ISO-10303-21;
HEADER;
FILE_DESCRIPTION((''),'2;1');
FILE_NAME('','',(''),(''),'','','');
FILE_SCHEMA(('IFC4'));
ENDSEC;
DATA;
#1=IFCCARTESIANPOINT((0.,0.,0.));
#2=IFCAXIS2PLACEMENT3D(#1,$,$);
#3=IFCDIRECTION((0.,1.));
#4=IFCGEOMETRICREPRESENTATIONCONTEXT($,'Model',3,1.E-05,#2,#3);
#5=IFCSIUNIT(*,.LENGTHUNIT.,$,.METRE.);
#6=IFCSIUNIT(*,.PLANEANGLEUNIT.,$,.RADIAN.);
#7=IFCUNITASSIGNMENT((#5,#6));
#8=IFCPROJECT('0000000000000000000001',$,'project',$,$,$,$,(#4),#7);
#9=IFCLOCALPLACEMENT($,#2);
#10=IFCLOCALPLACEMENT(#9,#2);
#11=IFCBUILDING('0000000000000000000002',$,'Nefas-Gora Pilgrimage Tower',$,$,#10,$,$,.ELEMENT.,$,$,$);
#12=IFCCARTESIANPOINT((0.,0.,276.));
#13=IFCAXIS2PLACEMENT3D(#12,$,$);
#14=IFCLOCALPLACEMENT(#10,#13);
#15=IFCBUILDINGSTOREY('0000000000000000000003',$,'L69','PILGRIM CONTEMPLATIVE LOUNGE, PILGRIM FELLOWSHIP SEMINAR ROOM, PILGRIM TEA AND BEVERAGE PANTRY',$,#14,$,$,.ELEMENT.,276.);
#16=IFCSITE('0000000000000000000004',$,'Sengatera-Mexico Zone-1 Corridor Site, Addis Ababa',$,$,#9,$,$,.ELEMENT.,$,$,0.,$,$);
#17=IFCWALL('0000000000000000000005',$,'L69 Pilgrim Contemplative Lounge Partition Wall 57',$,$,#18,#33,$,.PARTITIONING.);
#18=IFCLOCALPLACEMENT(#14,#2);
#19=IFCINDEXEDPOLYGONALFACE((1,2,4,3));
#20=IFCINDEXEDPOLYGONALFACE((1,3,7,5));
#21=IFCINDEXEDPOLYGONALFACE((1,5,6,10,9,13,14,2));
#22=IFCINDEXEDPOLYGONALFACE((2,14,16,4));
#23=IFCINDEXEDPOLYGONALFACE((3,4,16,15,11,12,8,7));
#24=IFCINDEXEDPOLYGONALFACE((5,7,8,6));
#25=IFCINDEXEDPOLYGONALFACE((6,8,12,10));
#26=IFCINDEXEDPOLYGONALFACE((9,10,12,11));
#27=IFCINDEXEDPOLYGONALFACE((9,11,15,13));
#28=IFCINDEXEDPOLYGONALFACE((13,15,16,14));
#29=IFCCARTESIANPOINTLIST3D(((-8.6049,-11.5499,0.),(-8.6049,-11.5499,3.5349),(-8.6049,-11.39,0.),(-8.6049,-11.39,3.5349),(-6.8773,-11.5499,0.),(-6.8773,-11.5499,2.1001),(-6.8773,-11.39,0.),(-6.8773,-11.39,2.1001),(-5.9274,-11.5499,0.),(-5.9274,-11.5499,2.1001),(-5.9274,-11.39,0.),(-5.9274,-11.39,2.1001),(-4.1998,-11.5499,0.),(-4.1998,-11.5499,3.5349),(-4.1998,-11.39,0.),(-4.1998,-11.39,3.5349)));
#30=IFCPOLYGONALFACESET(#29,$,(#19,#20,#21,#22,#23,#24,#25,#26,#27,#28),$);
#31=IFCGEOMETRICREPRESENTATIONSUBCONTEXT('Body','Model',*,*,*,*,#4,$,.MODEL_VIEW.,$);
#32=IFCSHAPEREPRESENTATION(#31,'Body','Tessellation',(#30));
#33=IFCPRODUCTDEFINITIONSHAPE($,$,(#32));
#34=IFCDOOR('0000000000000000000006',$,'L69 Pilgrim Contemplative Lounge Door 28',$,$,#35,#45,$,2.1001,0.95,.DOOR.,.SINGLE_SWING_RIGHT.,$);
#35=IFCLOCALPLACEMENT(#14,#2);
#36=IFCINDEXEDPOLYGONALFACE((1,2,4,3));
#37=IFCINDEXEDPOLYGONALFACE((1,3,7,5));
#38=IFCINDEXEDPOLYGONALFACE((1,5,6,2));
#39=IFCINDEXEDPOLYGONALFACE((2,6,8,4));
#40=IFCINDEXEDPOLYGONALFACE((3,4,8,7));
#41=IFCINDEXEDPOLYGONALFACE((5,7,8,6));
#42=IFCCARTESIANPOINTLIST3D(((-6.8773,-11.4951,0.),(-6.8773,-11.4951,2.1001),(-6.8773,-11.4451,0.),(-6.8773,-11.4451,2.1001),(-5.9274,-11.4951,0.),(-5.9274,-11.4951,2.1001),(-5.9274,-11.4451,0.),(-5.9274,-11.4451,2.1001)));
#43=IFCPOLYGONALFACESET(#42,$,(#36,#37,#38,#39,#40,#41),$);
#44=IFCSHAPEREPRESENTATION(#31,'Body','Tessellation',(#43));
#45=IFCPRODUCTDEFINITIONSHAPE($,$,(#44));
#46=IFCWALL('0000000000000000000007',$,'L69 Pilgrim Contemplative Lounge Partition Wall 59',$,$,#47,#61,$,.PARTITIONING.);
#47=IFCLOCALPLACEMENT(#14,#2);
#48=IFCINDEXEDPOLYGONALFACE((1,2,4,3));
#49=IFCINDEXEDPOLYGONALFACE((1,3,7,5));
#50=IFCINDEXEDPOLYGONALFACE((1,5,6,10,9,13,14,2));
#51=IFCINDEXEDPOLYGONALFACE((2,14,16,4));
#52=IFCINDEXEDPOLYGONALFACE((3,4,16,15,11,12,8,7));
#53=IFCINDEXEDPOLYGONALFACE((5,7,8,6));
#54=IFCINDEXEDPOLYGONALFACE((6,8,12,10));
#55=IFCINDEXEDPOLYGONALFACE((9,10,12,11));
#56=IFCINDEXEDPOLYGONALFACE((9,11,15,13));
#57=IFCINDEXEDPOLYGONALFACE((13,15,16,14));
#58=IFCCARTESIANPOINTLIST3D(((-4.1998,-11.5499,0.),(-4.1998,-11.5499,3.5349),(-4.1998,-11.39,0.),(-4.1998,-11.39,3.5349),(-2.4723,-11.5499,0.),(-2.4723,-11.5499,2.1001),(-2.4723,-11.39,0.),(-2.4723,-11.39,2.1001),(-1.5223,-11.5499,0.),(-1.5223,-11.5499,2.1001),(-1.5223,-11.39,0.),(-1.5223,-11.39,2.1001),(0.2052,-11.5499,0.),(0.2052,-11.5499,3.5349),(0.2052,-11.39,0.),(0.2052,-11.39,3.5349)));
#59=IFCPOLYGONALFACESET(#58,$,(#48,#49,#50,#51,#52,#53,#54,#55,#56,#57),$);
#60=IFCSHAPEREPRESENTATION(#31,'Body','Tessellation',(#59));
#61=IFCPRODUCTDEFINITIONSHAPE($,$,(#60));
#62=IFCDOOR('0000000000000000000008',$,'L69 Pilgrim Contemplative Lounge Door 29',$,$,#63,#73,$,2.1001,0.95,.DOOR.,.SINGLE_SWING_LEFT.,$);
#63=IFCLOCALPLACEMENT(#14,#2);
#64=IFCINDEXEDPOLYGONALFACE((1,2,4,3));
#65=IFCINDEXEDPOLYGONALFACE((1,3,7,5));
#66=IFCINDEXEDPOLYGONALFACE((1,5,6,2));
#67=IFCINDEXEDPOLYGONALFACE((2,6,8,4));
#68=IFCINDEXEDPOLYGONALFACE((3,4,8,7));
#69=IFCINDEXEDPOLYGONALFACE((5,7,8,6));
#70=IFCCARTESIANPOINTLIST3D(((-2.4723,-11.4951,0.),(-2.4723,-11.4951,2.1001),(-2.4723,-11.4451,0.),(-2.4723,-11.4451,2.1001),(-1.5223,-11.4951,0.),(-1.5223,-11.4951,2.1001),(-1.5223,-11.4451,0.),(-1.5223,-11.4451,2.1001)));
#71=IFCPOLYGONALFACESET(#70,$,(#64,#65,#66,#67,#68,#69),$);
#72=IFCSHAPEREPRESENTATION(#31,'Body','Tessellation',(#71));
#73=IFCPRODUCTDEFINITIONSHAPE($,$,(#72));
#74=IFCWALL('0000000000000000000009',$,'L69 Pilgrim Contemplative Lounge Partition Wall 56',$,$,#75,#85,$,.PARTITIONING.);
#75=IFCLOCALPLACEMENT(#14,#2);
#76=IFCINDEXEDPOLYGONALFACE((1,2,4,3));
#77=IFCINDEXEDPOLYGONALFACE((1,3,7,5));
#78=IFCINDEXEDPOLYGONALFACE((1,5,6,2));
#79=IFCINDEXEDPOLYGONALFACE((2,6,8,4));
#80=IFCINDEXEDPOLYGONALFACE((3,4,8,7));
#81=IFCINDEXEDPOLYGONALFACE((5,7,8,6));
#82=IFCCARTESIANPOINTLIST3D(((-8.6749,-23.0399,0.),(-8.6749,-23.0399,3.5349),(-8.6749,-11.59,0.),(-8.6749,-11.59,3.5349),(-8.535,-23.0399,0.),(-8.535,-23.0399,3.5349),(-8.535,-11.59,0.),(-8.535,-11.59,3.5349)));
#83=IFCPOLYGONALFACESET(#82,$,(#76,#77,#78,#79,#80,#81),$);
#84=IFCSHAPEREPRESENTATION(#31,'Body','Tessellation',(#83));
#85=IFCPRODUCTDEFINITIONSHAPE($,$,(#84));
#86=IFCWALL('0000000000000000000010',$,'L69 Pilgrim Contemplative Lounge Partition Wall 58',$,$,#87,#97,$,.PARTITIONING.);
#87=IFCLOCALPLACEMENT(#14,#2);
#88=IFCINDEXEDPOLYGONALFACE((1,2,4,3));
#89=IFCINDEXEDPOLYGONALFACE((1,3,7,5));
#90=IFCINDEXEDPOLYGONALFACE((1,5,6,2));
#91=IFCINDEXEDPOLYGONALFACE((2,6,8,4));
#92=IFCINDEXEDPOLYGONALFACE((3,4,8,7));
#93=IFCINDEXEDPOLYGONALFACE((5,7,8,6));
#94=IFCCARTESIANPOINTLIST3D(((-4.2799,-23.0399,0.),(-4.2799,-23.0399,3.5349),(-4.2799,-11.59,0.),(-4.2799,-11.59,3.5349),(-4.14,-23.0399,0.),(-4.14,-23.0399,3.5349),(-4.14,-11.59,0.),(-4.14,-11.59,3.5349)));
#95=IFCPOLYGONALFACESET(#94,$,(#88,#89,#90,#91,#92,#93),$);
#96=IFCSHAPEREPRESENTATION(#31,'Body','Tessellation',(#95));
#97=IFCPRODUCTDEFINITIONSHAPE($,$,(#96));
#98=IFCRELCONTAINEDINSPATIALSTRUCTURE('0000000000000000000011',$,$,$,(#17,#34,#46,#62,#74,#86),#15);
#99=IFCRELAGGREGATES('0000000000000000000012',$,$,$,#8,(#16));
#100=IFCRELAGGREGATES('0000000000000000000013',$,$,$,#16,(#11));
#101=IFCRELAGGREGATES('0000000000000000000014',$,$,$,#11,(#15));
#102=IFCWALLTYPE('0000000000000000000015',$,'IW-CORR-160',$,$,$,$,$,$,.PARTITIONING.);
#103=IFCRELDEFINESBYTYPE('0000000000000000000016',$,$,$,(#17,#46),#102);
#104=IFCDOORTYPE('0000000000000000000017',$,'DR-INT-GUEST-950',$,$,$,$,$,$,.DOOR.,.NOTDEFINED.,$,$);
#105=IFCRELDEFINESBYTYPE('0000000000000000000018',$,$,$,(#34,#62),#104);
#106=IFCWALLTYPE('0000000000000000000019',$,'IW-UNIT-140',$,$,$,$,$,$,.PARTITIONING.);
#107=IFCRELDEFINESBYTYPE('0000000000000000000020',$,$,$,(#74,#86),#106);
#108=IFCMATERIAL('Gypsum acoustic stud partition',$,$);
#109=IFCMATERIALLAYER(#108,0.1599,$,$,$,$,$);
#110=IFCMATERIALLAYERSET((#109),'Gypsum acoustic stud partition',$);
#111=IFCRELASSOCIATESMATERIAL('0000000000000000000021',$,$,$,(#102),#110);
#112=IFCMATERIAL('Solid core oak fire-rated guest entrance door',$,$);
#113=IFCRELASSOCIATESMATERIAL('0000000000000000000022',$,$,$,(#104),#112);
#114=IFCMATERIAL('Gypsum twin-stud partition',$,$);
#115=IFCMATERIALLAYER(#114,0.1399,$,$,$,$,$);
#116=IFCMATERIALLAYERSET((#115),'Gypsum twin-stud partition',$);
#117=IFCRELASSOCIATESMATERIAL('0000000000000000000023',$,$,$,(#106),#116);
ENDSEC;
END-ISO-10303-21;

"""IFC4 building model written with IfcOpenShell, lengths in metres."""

from ifc_helpers import new_model, si_unit, direction, frame, frame_2d, origin, place, context, subcontext, project, spatial, rectangle, extrude, source, transform, mapped, material, layer, layer_set, type_object, element, fill, save


model = new_model("IFC4")

# Units and contexts
model_context = context("Model", 3, precision=1e-05, world=origin(), true_north=direction((0.0, 1.0)))
body_context = subcontext(model_context, "Body", "Model", "MODEL_VIEW")
ifc_project = project(units=[si_unit("LENGTHUNIT", "METRE"), si_unit("PLANEANGLEUNIT", "RADIAN")], contexts=[model_context])

# Site, building, storey
site_placement = place(None, origin())
site = spatial("IfcSite", under=ifc_project, at=site_placement, Name="Sengatera-Mexico Zone-1 Corridor Site, Addis Ababa", CompositionType="ELEMENT", RefElevation=0.0)
building_placement = place(site_placement, origin())
building = spatial("IfcBuilding", under=site, at=building_placement, Name="Nefas-Gora Pilgrimage Tower", CompositionType="ELEMENT")
storey_placement = place(building_placement, frame((0.0, 0.0, 276.0)))
storey = spatial("IfcBuildingStorey", under=building, at=storey_placement, Name="L69", Description="PILGRIM CONTEMPLATIVE LOUNGE, PILGRIM FELLOWSHIP SEMINAR ROOM, PILGRIM TEA AND BEVERAGE PANTRY", CompositionType="ELEMENT", Elevation=276.0)

# Walls, openings, doors
ifc_material_1 = material(Name="Gypsum acoustic stud partition")
ifc_layer_1 = layer(ifc_material_1, 0.1599)
ifc_layer_set_1 = layer_set([ifc_layer_1], Name="Gypsum acoustic stud partition")
wall_type_1 = type_object("IfcWallType", Name="IW-CORR-160", PredefinedType="PARTITIONING", material=ifc_layer_set_1)
shared_shape_1 = source(origin(), body_context, "Body", "SweptSolid", [
    extrude(rectangle(XDim=4.405, YDim=0.1599, at=frame_2d((2.2026, 0.0))), origin(), (0.0, 0.0, 1.0), 3.5349),
])
wall_1_placement = place(storey_placement, frame((-8.605, -11.47, 0.0), z_axis=(0.0, 0.0, 1.0), x_axis=(1.0, 0.0, 0.0)))
wall_1 = element("IfcWall", 1, at=wall_1_placement, inside=storey, type_object=wall_type_1, Name="L69 Pilgrim Contemplative Lounge Partition Wall 57", PredefinedType="PARTITIONING", context=body_context, shape_type="MappedRepresentation", body=[
    mapped(shared_shape_1, transform((0.0, 0.0, 0.0), x_axis=(1.0, 0.0, 0.0), y_axis=(0.0, 1.0, 0.0), z_axis=(0.0, 0.0, 1.0), scale=1.0)),
])
opening_1_placement = place(wall_1_placement, frame((1.7275, 0.0, 0.0)))
opening_1 = element("IfcOpeningElement", 2, at=opening_1_placement, cuts=wall_1, PredefinedType="OPENING", context=body_context, shape_type="SweptSolid", body=[
    extrude(rectangle(XDim=0.95, YDim=2.1001, at=frame_2d((0.4751, 1.05))), frame((0.0, 0.0898, 0.0), z_axis=(0.0, -1.0, 0.0), x_axis=(1.0, 0.0, 0.0)), (0.0, 0.0, 1.0), 0.1799),
])
ifc_material_2 = material(Name="Solid core oak fire-rated guest entrance door")
door_type = type_object("IfcDoorType", Name="DR-INT-GUEST-950", OperationType="NOTDEFINED", PredefinedType="DOOR", material=ifc_material_2)
shared_shape_2 = source(origin(), body_context, "Body", "SweptSolid", [
    extrude(rectangle(XDim=0.95, YDim=2.1001, at=frame_2d((0.4751, 1.05))), frame((0.0, 0.0249, 0.0), z_axis=(0.0, -1.0, 0.0), x_axis=(1.0, 0.0, 0.0)), (0.0, 0.0, 1.0), 0.05),
])
door_1_placement = place(opening_1_placement, origin())
door_1 = element("IfcDoor", 3, at=door_1_placement, inside=storey, type_object=door_type, Name="L69 Pilgrim Contemplative Lounge Door 28", OperationType="SINGLE_SWING_RIGHT", OverallHeight=2.1001, OverallWidth=0.95, PredefinedType="DOOR", context=body_context, shape_type="MappedRepresentation", body=[
    mapped(shared_shape_2, transform((0.0, 0.0, 0.0), x_axis=(1.0, 0.0, 0.0), y_axis=(0.0, 1.0, 0.0), z_axis=(0.0, 0.0, 1.0), scale=1.0)),
])
fill(opening_1, door_1)
wall_2_placement = place(storey_placement, frame((-4.2, -11.47, 0.0), z_axis=(0.0, 0.0, 1.0), x_axis=(1.0, 0.0, 0.0)))
wall_2 = element("IfcWall", 4, at=wall_2_placement, inside=storey, type_object=wall_type_1, Name="L69 Pilgrim Contemplative Lounge Partition Wall 59", PredefinedType="PARTITIONING", context=body_context, shape_type="MappedRepresentation", body=[
    mapped(shared_shape_1, transform((0.0, 0.0, 0.0), x_axis=(1.0, 0.0, 0.0), y_axis=(0.0, 1.0, 0.0), z_axis=(0.0, 0.0, 1.0), scale=1.0)),
])
opening_2_placement = place(wall_2_placement, frame((1.7275, 0.0, 0.0)))
opening_2 = element("IfcOpeningElement", 5, at=opening_2_placement, cuts=wall_2, PredefinedType="OPENING", context=body_context, shape_type="SweptSolid", body=[
    extrude(rectangle(XDim=0.95, YDim=2.1001, at=frame_2d((0.4751, 1.05))), frame((0.0, 0.0898, 0.0), z_axis=(0.0, -1.0, 0.0), x_axis=(1.0, 0.0, 0.0)), (0.0, 0.0, 1.0), 0.1799),
])
door_2_placement = place(opening_2_placement, origin())
door_2 = element("IfcDoor", 6, at=door_2_placement, inside=storey, type_object=door_type, Name="L69 Pilgrim Contemplative Lounge Door 29", OperationType="SINGLE_SWING_LEFT", OverallHeight=2.1001, OverallWidth=0.95, PredefinedType="DOOR", context=body_context, shape_type="MappedRepresentation", body=[
    mapped(shared_shape_2, transform((0.0, 0.0, 0.0), x_axis=(1.0, 0.0, 0.0), y_axis=(0.0, 1.0, 0.0), z_axis=(0.0, 0.0, 1.0), scale=1.0)),
])
fill(opening_2, door_2)

# Walls
ifc_material_3 = material(Name="Gypsum twin-stud partition")
ifc_layer_2 = layer(ifc_material_3, 0.1399)
ifc_layer_set_2 = layer_set([ifc_layer_2], Name="Gypsum twin-stud partition")
wall_type_2 = type_object("IfcWallType", Name="IW-UNIT-140", PredefinedType="PARTITIONING", material=ifc_layer_set_2)
shared_shape_3 = source(origin(), body_context, "Body", "SweptSolid", [
    extrude(rectangle(XDim=11.45, YDim=0.1399, at=frame_2d((5.7251, 0.0))), origin(), (0.0, 0.0, 1.0), 3.5349),
])
for number, where, z_axis, x_axis, name in (
    (7, (-8.605, -23.04, 0.0), (0.0, 0.0, 1.0), (0.0, 1.0, 0.0), "L69 Pilgrim Contemplative Lounge Partition Wall 56"),
    (8, (-4.21, -23.04, 0.0), (0.0, 0.0, 1.0), (0.0, 1.0, 0.0), "L69 Pilgrim Contemplative Lounge Partition Wall 58"),
):
    element("IfcWall", number, at=place(storey_placement, frame(where, z_axis=z_axis, x_axis=x_axis)), inside=storey, type_object=wall_type_2, Name=name, PredefinedType="PARTITIONING", context=body_context, shape_type="MappedRepresentation", body=[
        mapped(shared_shape_3, transform((0.0, 0.0, 0.0), x_axis=(1.0, 0.0, 0.0), y_axis=(0.0, 1.0, 0.0), z_axis=(0.0, 0.0, 1.0), scale=1.0)),
    ])

save(model, "model.ifc")
